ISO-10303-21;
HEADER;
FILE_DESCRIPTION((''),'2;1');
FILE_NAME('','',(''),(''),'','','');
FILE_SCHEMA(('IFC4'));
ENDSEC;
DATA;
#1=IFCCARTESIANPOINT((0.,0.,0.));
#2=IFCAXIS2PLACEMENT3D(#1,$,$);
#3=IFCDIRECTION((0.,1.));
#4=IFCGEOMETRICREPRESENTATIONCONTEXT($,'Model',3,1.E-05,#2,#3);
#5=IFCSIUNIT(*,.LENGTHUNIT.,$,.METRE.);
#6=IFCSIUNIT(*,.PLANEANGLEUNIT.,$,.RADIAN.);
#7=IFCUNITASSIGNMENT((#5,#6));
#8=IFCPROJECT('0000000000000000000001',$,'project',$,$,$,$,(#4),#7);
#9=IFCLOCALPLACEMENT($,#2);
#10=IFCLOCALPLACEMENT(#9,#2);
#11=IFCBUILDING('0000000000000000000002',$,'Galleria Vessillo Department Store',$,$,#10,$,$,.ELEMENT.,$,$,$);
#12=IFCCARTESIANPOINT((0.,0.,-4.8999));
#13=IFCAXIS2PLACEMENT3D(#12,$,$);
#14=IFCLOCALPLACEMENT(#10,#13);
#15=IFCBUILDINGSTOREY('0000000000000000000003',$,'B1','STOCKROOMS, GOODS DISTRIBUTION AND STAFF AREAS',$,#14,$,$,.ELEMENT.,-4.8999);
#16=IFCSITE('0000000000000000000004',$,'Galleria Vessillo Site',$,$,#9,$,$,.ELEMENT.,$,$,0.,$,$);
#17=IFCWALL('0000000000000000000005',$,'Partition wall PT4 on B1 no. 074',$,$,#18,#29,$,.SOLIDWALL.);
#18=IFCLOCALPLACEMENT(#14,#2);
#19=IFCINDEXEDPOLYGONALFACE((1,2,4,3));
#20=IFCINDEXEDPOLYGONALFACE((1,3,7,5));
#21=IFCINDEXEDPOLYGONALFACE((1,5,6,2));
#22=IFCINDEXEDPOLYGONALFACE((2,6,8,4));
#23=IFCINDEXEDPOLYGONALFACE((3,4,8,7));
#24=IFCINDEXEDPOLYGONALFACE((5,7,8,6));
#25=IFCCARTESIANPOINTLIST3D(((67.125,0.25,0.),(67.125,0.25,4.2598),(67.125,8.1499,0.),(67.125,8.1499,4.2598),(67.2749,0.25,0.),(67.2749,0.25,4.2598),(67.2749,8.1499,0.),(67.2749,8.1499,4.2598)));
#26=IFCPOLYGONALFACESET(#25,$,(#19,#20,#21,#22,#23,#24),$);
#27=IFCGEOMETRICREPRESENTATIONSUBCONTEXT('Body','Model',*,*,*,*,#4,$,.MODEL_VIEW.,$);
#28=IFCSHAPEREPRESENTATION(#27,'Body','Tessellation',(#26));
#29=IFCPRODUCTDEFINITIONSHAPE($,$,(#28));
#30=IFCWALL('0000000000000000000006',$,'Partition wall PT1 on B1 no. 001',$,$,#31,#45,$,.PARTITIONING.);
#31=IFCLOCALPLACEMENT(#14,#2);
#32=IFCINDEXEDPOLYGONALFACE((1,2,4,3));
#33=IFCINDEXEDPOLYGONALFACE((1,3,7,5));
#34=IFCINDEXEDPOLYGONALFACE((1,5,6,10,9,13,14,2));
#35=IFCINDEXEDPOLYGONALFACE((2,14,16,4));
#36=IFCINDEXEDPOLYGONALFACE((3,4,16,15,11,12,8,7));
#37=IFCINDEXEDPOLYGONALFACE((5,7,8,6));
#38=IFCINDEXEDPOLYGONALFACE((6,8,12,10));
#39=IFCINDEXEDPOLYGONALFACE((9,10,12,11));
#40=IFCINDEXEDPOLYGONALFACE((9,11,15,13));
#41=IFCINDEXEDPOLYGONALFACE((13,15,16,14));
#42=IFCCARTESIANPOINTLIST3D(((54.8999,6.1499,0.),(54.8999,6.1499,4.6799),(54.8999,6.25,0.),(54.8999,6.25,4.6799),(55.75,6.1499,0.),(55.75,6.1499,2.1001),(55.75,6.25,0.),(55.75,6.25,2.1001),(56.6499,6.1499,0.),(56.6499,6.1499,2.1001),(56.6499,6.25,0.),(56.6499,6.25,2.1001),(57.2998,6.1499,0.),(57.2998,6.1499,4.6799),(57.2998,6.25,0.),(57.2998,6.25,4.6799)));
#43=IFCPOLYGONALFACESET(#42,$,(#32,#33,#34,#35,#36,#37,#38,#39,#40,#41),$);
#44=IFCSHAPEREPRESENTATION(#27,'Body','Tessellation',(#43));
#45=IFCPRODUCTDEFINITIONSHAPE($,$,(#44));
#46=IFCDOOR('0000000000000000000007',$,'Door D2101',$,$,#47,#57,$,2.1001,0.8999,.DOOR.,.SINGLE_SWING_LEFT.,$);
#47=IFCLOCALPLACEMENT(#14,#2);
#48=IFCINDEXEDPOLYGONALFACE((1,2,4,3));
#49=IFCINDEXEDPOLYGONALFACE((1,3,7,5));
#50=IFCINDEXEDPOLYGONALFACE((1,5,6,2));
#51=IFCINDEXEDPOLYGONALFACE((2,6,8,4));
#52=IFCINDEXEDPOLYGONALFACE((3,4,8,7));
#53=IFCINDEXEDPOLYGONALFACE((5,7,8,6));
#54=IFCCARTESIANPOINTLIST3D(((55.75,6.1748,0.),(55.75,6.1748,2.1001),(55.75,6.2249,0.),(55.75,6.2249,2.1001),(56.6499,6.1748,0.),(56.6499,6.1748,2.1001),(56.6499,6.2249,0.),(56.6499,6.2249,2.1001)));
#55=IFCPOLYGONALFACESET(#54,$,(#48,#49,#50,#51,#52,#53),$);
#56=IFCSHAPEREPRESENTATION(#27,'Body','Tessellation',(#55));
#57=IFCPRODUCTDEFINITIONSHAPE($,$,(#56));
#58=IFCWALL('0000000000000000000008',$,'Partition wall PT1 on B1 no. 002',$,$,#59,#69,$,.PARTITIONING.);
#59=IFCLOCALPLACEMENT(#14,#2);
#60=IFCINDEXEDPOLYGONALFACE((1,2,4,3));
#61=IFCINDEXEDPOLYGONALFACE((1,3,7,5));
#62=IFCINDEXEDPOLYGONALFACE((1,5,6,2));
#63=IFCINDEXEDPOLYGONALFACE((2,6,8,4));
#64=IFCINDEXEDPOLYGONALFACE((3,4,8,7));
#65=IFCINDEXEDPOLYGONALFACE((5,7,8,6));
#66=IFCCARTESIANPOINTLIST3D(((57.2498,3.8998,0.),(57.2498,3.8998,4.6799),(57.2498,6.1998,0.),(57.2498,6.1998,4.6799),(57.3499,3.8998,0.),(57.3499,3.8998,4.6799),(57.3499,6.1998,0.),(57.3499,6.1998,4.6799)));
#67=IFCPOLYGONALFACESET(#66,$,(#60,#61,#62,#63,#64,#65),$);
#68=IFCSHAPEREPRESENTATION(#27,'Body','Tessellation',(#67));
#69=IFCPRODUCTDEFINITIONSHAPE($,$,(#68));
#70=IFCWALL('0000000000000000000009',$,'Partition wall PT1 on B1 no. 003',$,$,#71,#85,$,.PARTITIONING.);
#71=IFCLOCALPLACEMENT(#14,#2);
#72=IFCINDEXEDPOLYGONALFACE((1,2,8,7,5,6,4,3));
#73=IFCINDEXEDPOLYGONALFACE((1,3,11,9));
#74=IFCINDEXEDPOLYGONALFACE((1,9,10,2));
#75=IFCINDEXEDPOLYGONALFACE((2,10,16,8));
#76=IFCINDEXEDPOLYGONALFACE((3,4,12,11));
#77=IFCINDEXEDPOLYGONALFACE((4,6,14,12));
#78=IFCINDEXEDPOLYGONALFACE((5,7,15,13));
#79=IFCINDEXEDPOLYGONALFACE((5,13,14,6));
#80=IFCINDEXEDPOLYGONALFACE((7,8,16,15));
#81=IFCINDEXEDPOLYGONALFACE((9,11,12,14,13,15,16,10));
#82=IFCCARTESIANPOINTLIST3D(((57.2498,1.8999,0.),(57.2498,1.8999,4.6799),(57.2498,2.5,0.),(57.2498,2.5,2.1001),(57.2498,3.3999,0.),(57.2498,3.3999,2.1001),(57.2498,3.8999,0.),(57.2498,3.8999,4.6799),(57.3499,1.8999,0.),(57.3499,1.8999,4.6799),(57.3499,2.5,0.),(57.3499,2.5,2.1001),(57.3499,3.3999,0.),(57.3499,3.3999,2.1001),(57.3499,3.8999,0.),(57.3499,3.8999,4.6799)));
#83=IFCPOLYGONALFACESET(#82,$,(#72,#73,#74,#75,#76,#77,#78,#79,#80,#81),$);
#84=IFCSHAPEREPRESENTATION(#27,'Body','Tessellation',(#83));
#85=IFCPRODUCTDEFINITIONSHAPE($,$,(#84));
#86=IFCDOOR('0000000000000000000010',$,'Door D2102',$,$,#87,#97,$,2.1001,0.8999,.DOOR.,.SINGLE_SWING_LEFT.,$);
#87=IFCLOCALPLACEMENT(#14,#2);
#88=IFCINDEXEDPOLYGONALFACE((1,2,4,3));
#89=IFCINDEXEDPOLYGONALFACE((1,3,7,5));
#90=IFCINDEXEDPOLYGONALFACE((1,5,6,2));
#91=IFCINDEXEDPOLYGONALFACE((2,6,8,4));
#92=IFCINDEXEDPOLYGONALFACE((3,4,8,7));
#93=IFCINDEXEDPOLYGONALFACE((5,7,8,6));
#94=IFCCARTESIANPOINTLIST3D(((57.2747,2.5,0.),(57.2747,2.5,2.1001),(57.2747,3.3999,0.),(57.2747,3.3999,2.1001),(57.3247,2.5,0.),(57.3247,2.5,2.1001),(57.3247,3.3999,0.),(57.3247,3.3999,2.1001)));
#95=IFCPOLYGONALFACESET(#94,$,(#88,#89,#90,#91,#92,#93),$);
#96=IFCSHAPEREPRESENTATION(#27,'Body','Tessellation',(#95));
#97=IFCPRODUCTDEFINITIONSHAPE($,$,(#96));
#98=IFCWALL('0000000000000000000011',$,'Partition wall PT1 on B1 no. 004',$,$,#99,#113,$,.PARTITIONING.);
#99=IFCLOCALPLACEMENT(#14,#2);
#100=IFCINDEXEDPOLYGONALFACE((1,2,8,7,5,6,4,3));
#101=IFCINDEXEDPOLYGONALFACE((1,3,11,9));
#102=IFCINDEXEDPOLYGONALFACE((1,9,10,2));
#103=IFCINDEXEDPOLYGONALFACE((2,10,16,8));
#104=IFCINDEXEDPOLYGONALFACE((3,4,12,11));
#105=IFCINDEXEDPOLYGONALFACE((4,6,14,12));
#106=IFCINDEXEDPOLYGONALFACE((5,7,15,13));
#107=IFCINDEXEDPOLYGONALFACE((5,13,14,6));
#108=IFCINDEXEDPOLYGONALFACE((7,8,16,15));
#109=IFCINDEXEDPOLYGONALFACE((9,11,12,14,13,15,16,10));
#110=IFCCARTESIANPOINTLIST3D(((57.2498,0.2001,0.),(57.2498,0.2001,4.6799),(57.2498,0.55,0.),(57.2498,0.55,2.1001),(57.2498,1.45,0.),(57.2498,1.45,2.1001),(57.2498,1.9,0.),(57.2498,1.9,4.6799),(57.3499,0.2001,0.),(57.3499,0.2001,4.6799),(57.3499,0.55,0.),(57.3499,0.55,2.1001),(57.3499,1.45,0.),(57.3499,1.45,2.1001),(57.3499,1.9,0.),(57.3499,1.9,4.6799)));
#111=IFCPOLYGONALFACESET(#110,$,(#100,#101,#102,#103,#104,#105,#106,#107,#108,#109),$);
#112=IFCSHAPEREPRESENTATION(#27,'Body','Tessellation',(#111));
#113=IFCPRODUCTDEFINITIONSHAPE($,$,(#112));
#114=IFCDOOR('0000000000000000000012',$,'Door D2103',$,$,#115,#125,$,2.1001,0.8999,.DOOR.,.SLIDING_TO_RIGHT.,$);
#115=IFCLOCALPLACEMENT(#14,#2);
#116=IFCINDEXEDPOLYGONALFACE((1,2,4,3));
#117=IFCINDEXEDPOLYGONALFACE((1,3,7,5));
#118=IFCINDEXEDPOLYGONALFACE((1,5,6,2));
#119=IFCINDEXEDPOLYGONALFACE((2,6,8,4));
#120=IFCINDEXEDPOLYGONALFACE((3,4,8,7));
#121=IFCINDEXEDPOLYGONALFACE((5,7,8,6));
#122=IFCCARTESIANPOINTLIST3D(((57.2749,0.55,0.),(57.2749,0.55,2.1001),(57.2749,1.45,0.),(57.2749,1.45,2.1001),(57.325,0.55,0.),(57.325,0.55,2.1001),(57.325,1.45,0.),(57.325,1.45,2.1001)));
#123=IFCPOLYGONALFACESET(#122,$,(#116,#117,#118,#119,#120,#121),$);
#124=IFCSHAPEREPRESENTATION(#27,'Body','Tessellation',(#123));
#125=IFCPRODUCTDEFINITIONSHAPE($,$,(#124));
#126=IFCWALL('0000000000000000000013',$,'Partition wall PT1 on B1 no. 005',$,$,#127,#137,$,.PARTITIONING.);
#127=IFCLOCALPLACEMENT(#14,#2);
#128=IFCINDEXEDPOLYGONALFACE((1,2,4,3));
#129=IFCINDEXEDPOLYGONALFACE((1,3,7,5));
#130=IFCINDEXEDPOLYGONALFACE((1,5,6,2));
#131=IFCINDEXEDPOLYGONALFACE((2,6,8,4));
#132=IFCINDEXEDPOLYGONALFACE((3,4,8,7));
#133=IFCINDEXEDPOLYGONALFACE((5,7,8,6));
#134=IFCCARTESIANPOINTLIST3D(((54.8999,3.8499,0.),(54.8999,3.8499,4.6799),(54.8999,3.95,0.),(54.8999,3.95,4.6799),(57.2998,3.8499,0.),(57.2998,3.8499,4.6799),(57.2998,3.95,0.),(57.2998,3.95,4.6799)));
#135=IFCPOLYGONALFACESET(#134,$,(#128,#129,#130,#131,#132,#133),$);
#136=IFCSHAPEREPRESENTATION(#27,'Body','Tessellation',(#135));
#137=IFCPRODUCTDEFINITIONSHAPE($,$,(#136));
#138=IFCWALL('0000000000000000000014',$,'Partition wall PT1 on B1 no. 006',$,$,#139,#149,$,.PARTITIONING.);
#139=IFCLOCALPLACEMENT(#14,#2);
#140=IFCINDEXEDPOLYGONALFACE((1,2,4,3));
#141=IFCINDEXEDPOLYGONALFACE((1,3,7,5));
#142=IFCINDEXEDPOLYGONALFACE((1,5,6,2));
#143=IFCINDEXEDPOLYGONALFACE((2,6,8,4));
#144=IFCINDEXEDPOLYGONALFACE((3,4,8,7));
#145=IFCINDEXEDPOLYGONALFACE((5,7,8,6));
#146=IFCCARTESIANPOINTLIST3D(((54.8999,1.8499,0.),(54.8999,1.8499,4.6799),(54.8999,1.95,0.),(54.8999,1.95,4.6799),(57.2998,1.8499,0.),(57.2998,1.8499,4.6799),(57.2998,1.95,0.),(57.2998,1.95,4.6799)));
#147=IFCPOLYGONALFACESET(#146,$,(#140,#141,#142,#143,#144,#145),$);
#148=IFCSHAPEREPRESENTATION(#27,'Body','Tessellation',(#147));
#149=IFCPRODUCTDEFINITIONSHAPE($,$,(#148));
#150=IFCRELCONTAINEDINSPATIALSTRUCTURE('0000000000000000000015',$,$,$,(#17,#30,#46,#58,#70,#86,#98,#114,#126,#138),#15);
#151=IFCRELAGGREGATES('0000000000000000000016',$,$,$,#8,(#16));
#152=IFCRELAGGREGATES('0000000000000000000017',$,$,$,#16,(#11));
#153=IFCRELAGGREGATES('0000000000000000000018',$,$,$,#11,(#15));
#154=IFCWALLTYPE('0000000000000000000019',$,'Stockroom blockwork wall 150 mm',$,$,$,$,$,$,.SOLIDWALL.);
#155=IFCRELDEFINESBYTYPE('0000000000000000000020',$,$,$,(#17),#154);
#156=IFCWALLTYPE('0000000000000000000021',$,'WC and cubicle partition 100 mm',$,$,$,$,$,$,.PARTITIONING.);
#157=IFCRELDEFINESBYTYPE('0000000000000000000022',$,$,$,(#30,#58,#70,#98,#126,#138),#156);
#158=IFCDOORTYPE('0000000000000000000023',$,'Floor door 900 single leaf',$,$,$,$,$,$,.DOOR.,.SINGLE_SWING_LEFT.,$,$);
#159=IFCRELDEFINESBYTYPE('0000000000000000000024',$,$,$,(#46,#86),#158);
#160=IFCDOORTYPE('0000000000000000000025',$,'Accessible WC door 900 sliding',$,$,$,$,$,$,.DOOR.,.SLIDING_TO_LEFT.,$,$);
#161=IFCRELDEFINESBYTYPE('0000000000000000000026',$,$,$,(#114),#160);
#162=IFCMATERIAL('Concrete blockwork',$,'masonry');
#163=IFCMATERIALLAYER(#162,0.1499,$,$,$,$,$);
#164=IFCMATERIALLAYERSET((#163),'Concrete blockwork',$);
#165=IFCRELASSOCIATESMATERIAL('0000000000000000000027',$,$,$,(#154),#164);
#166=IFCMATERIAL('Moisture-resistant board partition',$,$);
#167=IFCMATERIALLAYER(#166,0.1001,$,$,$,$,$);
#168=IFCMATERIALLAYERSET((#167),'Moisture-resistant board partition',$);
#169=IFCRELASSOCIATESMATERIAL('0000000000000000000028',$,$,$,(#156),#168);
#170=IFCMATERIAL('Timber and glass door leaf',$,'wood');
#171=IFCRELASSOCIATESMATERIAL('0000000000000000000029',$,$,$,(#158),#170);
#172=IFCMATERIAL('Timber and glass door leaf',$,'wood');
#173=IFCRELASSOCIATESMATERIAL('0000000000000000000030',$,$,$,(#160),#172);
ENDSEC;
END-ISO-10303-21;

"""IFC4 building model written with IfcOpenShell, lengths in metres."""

from ifc_helpers import new_model, si_unit, direction, frame, frame_2d, origin, place, context, subcontext, project, spatial, rectangle, extrude, material, layer, layer_set, type_object, element, fill, save


model = new_model("IFC4")

# Units and contexts
model_context = context("Model", 3, precision=1e-05, world=origin(), true_north=direction((0.0, 1.0)))
body_context = subcontext(model_context, "Body", "Model", "MODEL_VIEW")
ifc_project = project(units=[si_unit("LENGTHUNIT", "METRE"), si_unit("PLANEANGLEUNIT", "RADIAN")], contexts=[model_context])

# Site, building, storey
site_placement = place(None, origin())
site = spatial("IfcSite", under=ifc_project, at=site_placement, Name="Galleria Vessillo Site", CompositionType="ELEMENT", RefElevation=0.0)
building_placement = place(site_placement, origin())
building = spatial("IfcBuilding", under=site, at=building_placement, Name="Galleria Vessillo Department Store", CompositionType="ELEMENT")
storey_placement = place(building_placement, frame((0.0, 0.0, -4.8999)))
storey = spatial("IfcBuildingStorey", under=building, at=storey_placement, Name="B1", Description="STOCKROOMS, GOODS DISTRIBUTION AND STAFF AREAS", CompositionType="ELEMENT", Elevation=-4.8999)

# Wall
ifc_material_1 = material(Name="Concrete blockwork", Category="masonry")
ifc_layer_1 = layer(ifc_material_1, 0.1499)
ifc_layer_set_1 = layer_set([ifc_layer_1], Name="Concrete blockwork")
wall_type_1 = type_object("IfcWallType", Name="Stockroom blockwork wall 150 mm", PredefinedType="SOLIDWALL", material=ifc_layer_set_1)
wall_1_placement = place(storey_placement, frame((67.2, 0.25, 0.0), z_axis=(0.0, 0.0, 1.0), x_axis=(0.0, 1.0, 0.0)))
element("IfcWall", 1, at=wall_1_placement, inside=storey, type_object=wall_type_1, Name="Partition wall PT4 on B1 no. 074", PredefinedType="SOLIDWALL", context=body_context, shape_type="SweptSolid", body=[
    extrude(rectangle(XDim=7.8999, YDim=0.1499, at=frame_2d((3.95, 0.0))), origin(), (0.0, 0.0, 1.0), 4.2598),
])

# Wall, opening, door
ifc_material_2 = material(Name="Moisture-resistant board partition")
ifc_layer_2 = layer(ifc_material_2, 0.1001)
ifc_layer_set_2 = layer_set([ifc_layer_2], Name="Moisture-resistant board partition")
wall_type_2 = type_object("IfcWallType", Name="WC and cubicle partition 100 mm", PredefinedType="PARTITIONING", material=ifc_layer_set_2)
wall_2_placement = place(storey_placement, frame((54.8999, 6.2, 0.0), z_axis=(0.0, 0.0, 1.0), x_axis=(1.0, 0.0, 0.0)))
wall_2 = element("IfcWall", 2, at=wall_2_placement, inside=storey, type_object=wall_type_2, Name="Partition wall PT1 on B1 no. 001", PredefinedType="PARTITIONING", context=body_context, shape_type="SweptSolid", body=[
    extrude(rectangle(XDim=2.3999, YDim=0.1001, at=frame_2d((1.2, 0.0))), origin(), (0.0, 0.0, 1.0), 4.6799),
])
opening_1_placement = place(wall_2_placement, frame((0.8501, 0.0, 0.0)))
opening_1 = element("IfcOpeningElement", 3, at=opening_1_placement, cuts=wall_2, PredefinedType="OPENING", context=body_context, shape_type="SweptSolid", body=[
    extrude(rectangle(XDim=0.8999, YDim=2.1001, at=frame_2d((0.45, 1.05))), frame((0.0, 0.0601, 0.0), z_axis=(0.0, -1.0, 0.0), x_axis=(1.0, 0.0, 0.0)), (0.0, 0.0, 1.0), 0.1201),
])
ifc_material_3 = material(Name="Timber and glass door leaf", Category="wood")
door_type_1 = type_object("IfcDoorType", Name="Floor door 900 single leaf", OperationType="SINGLE_SWING_LEFT", PredefinedType="DOOR", material=ifc_material_3)
door_1_placement = place(opening_1_placement, origin())
door_1 = element("IfcDoor", 4, at=door_1_placement, inside=storey, type_object=door_type_1, Name="Door D2101", OperationType="SINGLE_SWING_LEFT", OverallHeight=2.1001, OverallWidth=0.8999, PredefinedType="DOOR", context=body_context, shape_type="SweptSolid", body=[
    extrude(rectangle(XDim=0.8999, YDim=2.1001, at=frame_2d((0.45, 1.05))), frame((0.0, 0.0249, 0.0), z_axis=(0.0, -1.0, 0.0), x_axis=(1.0, 0.0, 0.0)), (0.0, 0.0, 1.0), 0.05),
])
fill(opening_1, door_1)

# Wall
wall_3_placement = place(storey_placement, frame((57.2998, 3.8999, 0.0), z_axis=(0.0, 0.0, 1.0), x_axis=(0.0, 1.0, 0.0)))
element("IfcWall", 5, at=wall_3_placement, inside=storey, type_object=wall_type_2, Name="Partition wall PT1 on B1 no. 002", PredefinedType="PARTITIONING", context=body_context, shape_type="SweptSolid", body=[
    extrude(rectangle(XDim=2.3, YDim=0.1001, at=frame_2d((1.1499, 0.0))), origin(), (0.0, 0.0, 1.0), 4.6799),
])

# Walls, openings, doors
wall_4_placement = place(storey_placement, frame((57.2998, 1.8999, 0.0), z_axis=(0.0, 0.0, 1.0), x_axis=(0.0, 1.0, 0.0)))
wall_4 = element("IfcWall", 6, at=wall_4_placement, inside=storey, type_object=wall_type_2, Name="Partition wall PT1 on B1 no. 003", PredefinedType="PARTITIONING", context=body_context, shape_type="SweptSolid", body=[
    extrude(rectangle(XDim=2.0, YDim=0.1001, at=frame_2d((1.0, 0.0))), origin(), (0.0, 0.0, 1.0), 4.6799),
])
opening_2_placement = place(wall_4_placement, frame((0.6001, 0.0, 0.0)))
opening_2 = element("IfcOpeningElement", 7, at=opening_2_placement, cuts=wall_4, PredefinedType="OPENING", context=body_context, shape_type="SweptSolid", body=[
    extrude(rectangle(XDim=0.8999, YDim=2.1001, at=frame_2d((0.45, 1.05))), frame((0.0, 0.0601, 0.0), z_axis=(0.0, -1.0, 0.0), x_axis=(1.0, 0.0, 0.0)), (0.0, 0.0, 1.0), 0.1201),
])
door_2_placement = place(opening_2_placement, frame((0.8999, 0.0, 0.0), z_axis=(0.0, 0.0, 1.0), x_axis=(-1.0, 0.0, 0.0)))
door_2 = element("IfcDoor", 8, at=door_2_placement, inside=storey, type_object=door_type_1, Name="Door D2102", OperationType="SINGLE_SWING_LEFT", OverallHeight=2.1001, OverallWidth=0.8999, PredefinedType="DOOR", context=body_context, shape_type="SweptSolid", body=[
    extrude(rectangle(XDim=0.8999, YDim=2.1001, at=frame_2d((0.45, 1.05))), frame((0.0, 0.0249, 0.0), z_axis=(0.0, -1.0, 0.0), x_axis=(1.0, 0.0, 0.0)), (0.0, 0.0, 1.0), 0.05),
])
fill(opening_2, door_2)
wall_5_placement = place(storey_placement, frame((57.2998, 0.2, 0.0), z_axis=(0.0, 0.0, 1.0), x_axis=(0.0, 1.0, 0.0)))
wall_5 = element("IfcWall", 9, at=wall_5_placement, inside=storey, type_object=wall_type_2, Name="Partition wall PT1 on B1 no. 004", PredefinedType="PARTITIONING", context=body_context, shape_type="SweptSolid", body=[
    extrude(rectangle(XDim=1.7, YDim=0.1001, at=frame_2d((0.8501, 0.0))), origin(), (0.0, 0.0, 1.0), 4.6799),
])
opening_3_placement = place(wall_5_placement, frame((0.3501, 0.0, 0.0)))
opening_3 = element("IfcOpeningElement", 10, at=opening_3_placement, cuts=wall_5, PredefinedType="OPENING", context=body_context, shape_type="SweptSolid", body=[
    extrude(rectangle(XDim=0.8999, YDim=2.1001, at=frame_2d((0.45, 1.05))), frame((0.0, 0.0601, 0.0), z_axis=(0.0, -1.0, 0.0), x_axis=(1.0, 0.0, 0.0)), (0.0, 0.0, 1.0), 0.1201),
])
ifc_material_4 = material(Name="Timber and glass door leaf", Category="wood")
door_type_2 = type_object("IfcDoorType", Name="Accessible WC door 900 sliding", OperationType="SLIDING_TO_LEFT", PredefinedType="DOOR", material=ifc_material_4)
door_3_placement = place(opening_3_placement, origin())
door_3 = element("IfcDoor", 11, at=door_3_placement, inside=storey, type_object=door_type_2, Name="Door D2103", OperationType="SLIDING_TO_RIGHT", OverallHeight=2.1001, OverallWidth=0.8999, PredefinedType="DOOR", context=body_context, shape_type="SweptSolid", body=[
    extrude(rectangle(XDim=0.8999, YDim=2.1001, at=frame_2d((0.45, 1.05))), frame((0.0, 0.0249, 0.0), z_axis=(0.0, -1.0, 0.0), x_axis=(1.0, 0.0, 0.0)), (0.0, 0.0, 1.0), 0.05),
])
fill(opening_3, door_3)

# Walls
for number, where, z_axis, x_axis, name in (
    (12, (54.8999, 3.8999, 0.0), (0.0, 0.0, 1.0), (1.0, 0.0, 0.0), "Partition wall PT1 on B1 no. 005"),
    (13, (54.8999, 1.8999, 0.0), (0.0, 0.0, 1.0), (1.0, 0.0, 0.0), "Partition wall PT1 on B1 no. 006"),
):
    element("IfcWall", number, at=place(storey_placement, frame(where, z_axis=z_axis, x_axis=x_axis)), inside=storey, type_object=wall_type_2, Name=name, PredefinedType="PARTITIONING", context=body_context, shape_type="SweptSolid", body=[
        extrude(rectangle(XDim=2.3999, YDim=0.1001, at=frame_2d((1.2, 0.0))), origin(), (0.0, 0.0, 1.0), 4.6799),
    ])

save(model, "model.ifc")
